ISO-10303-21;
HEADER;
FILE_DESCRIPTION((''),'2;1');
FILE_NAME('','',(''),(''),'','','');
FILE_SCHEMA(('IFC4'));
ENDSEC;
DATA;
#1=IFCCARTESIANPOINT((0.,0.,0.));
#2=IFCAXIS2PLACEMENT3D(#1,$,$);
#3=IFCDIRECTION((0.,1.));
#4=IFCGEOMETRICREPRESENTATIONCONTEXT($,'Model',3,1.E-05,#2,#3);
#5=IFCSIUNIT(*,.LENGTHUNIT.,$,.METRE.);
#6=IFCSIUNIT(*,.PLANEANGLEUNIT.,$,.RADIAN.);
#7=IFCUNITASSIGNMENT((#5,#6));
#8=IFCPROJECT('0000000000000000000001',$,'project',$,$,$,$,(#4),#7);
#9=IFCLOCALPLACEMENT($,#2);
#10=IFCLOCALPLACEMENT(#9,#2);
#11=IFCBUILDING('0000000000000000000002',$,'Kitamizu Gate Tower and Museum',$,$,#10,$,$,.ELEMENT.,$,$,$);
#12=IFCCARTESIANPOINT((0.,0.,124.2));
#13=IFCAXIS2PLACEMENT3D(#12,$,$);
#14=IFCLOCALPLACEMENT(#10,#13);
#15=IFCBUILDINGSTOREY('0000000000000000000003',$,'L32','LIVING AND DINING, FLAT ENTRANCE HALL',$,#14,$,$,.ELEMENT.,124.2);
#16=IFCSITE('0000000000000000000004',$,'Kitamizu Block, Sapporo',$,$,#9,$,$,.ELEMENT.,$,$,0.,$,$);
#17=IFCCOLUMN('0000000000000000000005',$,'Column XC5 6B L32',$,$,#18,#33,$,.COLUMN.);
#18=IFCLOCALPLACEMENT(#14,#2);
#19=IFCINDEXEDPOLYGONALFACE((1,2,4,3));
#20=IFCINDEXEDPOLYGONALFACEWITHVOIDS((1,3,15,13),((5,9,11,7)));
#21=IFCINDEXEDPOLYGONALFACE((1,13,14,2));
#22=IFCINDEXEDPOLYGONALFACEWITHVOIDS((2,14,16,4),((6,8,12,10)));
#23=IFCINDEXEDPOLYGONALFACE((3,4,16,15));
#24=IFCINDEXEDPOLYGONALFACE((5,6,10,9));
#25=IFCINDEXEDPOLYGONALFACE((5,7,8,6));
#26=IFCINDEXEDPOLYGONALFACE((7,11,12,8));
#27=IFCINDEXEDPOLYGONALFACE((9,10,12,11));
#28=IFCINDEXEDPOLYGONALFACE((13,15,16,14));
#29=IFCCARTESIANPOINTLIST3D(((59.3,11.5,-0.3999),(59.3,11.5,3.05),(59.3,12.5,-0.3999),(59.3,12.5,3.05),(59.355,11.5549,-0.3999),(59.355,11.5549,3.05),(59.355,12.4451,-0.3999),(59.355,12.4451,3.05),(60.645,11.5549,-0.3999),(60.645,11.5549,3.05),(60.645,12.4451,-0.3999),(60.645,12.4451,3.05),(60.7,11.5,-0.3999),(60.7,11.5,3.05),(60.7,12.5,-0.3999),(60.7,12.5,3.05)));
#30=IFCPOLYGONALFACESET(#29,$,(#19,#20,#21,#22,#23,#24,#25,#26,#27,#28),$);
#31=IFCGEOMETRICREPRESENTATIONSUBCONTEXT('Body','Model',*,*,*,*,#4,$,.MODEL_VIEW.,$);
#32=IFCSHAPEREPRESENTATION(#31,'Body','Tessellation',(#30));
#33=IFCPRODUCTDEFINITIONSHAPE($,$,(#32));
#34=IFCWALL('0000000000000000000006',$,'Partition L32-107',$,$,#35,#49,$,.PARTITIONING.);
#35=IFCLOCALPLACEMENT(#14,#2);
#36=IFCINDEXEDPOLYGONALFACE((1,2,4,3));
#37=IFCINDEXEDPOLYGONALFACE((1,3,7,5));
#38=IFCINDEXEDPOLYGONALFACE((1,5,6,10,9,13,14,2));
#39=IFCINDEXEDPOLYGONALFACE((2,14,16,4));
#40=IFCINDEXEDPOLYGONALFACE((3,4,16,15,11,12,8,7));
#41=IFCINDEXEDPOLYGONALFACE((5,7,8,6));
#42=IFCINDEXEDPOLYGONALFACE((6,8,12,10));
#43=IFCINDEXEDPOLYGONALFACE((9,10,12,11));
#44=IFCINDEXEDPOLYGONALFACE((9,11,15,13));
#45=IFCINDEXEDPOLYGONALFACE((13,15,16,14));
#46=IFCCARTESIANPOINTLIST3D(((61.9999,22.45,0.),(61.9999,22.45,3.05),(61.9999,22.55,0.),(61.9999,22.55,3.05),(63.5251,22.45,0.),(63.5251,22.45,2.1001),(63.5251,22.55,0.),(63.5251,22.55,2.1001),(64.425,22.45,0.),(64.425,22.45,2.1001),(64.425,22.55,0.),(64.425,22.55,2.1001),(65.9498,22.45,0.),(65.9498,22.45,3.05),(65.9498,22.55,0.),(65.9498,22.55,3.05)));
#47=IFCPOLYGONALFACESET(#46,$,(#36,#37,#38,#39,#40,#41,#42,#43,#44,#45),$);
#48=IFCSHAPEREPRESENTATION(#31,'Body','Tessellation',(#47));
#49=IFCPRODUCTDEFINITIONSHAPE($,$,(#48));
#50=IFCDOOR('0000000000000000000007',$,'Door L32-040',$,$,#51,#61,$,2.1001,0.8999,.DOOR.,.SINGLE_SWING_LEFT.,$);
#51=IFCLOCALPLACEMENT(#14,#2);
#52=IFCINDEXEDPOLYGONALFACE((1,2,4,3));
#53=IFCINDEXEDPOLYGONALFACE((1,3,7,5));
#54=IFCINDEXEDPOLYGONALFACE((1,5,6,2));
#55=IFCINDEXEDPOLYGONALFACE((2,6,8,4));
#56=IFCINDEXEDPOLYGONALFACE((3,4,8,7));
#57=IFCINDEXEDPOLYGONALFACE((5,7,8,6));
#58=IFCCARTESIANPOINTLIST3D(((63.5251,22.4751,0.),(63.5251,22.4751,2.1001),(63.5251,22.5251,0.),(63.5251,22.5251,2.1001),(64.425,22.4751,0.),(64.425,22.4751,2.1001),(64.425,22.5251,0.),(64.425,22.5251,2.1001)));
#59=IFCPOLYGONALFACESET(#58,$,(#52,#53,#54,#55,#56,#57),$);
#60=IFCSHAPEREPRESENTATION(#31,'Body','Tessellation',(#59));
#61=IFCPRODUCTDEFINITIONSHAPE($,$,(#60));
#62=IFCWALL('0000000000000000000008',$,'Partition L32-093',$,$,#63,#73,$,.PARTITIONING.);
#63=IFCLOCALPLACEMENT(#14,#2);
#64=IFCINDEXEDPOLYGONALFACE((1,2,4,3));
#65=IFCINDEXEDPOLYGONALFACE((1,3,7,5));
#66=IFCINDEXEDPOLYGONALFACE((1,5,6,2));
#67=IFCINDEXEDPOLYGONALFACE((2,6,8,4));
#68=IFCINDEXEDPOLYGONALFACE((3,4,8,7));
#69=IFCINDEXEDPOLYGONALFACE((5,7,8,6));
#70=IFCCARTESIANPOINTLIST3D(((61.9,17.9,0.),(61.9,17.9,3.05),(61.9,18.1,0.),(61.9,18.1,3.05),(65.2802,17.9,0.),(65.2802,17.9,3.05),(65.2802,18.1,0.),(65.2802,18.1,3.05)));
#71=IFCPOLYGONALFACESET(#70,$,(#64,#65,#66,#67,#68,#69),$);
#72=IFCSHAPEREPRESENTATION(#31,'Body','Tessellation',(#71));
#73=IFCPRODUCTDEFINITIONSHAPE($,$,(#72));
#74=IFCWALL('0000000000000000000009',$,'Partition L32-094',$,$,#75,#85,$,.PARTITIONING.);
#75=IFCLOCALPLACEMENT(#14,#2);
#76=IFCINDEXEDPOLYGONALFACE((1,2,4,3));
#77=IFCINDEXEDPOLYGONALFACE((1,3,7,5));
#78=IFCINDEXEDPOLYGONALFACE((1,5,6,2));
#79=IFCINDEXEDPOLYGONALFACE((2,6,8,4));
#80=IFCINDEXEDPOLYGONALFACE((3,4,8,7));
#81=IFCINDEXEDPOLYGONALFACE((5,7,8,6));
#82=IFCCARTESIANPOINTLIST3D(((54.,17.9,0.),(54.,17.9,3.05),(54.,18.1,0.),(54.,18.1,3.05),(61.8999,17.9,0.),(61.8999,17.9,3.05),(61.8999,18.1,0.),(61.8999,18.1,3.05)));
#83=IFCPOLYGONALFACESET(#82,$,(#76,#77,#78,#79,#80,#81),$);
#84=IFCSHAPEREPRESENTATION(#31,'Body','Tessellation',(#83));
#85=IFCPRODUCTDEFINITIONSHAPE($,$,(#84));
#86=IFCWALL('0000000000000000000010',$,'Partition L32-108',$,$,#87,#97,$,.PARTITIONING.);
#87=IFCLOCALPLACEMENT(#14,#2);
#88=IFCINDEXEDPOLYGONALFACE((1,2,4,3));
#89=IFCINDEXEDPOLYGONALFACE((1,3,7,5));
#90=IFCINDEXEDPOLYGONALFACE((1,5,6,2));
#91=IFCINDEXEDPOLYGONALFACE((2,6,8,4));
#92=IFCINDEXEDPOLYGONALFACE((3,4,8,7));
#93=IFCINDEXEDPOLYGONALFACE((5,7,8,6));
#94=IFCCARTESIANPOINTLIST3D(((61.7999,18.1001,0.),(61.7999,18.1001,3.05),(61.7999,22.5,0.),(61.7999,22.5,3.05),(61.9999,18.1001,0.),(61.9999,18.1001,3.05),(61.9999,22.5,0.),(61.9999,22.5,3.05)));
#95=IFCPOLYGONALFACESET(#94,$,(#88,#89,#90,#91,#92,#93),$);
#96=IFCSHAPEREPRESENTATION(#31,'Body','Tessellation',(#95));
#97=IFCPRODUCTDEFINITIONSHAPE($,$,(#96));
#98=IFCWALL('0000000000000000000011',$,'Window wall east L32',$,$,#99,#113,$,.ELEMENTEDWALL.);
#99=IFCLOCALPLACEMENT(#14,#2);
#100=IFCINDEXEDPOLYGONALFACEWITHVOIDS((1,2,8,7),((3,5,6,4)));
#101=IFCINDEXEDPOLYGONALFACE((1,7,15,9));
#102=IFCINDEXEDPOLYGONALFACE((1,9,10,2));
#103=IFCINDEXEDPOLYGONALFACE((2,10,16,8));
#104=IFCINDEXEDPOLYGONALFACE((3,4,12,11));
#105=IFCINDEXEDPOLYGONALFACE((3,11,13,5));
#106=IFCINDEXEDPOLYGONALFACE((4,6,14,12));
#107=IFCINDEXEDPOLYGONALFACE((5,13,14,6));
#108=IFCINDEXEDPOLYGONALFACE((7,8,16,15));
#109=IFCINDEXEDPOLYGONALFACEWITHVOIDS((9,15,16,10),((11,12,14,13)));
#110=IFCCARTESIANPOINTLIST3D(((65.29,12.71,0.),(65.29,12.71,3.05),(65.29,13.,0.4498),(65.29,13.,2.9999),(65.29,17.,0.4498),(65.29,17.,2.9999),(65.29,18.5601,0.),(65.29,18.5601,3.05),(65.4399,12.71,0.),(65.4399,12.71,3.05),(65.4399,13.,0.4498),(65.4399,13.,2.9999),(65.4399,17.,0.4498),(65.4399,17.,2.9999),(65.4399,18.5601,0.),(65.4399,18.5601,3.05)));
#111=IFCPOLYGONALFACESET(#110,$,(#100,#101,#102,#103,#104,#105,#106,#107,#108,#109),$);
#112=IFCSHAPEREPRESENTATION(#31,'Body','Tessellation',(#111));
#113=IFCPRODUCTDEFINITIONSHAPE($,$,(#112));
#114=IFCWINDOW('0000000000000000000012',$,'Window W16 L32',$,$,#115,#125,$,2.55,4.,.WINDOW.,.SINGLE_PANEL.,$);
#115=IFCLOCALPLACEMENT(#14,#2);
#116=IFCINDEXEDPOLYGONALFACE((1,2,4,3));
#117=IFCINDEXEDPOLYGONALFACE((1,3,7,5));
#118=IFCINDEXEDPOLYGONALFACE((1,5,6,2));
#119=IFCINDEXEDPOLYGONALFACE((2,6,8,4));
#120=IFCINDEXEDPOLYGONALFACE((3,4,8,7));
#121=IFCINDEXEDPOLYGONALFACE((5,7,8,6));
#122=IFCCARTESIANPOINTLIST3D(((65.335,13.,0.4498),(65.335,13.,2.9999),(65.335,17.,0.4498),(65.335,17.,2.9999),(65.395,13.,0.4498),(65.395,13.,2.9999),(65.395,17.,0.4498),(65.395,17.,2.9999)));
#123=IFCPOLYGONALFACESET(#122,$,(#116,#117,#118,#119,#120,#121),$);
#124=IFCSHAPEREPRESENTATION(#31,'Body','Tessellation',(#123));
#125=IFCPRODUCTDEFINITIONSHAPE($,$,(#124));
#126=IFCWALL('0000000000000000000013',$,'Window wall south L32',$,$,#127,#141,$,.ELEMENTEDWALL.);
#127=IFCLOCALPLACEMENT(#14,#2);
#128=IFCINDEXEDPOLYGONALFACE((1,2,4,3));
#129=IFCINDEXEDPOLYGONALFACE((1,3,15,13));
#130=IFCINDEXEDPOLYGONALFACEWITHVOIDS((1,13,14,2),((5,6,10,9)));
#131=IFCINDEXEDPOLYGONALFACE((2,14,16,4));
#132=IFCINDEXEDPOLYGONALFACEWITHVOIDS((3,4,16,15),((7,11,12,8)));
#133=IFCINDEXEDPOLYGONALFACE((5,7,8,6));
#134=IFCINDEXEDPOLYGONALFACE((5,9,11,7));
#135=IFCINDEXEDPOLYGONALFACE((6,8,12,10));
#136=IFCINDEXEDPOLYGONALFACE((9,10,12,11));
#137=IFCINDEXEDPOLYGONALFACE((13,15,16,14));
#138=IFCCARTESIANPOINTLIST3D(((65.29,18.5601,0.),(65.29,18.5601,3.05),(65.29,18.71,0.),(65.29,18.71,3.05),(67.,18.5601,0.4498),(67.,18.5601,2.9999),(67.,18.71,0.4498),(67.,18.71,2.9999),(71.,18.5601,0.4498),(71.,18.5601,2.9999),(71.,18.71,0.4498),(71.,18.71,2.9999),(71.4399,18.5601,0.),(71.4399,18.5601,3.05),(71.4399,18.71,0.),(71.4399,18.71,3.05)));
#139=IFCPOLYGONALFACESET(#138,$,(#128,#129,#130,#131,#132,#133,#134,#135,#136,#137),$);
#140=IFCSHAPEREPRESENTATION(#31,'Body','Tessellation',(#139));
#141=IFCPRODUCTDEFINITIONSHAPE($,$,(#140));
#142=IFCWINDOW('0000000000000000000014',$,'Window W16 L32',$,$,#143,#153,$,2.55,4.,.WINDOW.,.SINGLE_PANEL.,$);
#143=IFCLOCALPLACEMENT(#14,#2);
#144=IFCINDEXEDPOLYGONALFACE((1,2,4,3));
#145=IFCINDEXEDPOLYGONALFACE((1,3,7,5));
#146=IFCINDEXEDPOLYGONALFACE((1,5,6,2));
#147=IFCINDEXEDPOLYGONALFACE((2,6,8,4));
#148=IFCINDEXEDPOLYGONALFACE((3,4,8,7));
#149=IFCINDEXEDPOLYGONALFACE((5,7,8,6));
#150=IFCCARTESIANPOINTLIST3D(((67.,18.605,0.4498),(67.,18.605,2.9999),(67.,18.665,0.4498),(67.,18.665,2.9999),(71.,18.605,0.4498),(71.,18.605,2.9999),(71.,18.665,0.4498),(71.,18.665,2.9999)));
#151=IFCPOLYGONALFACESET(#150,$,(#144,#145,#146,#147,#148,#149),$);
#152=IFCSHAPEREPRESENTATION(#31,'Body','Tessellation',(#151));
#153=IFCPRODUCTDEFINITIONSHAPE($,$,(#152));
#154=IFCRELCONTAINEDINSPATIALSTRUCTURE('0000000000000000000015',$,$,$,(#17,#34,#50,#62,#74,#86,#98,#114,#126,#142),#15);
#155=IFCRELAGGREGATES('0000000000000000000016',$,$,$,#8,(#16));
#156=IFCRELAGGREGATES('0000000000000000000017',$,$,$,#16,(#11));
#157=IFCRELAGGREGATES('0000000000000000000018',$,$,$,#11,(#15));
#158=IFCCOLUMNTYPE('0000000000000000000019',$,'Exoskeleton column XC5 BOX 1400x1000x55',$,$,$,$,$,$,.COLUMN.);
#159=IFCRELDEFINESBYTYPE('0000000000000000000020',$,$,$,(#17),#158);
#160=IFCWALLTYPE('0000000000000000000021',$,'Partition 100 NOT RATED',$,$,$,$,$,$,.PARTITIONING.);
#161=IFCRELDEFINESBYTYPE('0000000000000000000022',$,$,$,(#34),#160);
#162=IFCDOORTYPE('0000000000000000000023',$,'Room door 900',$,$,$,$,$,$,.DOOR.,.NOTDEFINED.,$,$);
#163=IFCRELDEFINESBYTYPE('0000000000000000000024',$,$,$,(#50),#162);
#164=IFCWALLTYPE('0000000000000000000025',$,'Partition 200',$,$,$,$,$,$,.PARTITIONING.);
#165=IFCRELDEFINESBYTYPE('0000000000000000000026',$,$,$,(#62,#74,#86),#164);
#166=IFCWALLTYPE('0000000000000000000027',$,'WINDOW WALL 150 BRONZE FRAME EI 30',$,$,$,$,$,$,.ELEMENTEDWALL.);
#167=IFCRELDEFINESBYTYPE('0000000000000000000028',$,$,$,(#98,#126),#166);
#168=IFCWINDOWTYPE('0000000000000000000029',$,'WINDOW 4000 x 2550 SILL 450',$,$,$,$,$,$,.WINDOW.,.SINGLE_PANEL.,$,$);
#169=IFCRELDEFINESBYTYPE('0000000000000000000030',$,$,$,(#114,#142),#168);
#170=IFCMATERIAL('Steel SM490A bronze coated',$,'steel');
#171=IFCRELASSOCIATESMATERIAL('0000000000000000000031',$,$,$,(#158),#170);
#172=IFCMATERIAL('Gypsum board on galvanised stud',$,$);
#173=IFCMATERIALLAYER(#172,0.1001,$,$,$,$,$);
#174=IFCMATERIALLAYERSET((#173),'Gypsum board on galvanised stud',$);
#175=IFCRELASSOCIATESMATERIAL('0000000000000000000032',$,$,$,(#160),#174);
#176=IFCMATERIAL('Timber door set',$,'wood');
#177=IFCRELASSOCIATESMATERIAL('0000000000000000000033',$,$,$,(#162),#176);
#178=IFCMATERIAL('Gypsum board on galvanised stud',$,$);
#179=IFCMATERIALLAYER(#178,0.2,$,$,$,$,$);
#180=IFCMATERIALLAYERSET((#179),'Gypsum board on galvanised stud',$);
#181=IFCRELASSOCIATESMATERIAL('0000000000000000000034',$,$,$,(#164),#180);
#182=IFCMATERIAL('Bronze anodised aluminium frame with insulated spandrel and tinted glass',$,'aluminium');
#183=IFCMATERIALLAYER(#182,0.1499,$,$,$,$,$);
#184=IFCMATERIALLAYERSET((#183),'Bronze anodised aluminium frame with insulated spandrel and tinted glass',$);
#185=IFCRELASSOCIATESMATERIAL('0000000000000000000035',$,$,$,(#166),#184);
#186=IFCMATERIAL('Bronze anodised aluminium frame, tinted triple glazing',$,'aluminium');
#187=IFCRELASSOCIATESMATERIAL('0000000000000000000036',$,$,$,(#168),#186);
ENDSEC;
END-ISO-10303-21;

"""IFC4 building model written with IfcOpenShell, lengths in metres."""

from ifc_helpers import new_model, si_unit, direction, frame, frame_2d, origin, origin_2d, place, context, subcontext, project, spatial, rectangle, hollow_rectangle, extrude, material, layer, layer_set, material_profile, profile_set, type_object, element, fill, save


model = new_model("IFC4")

# Units and contexts
model_context = context("Model", 3, precision=1e-05, world=origin(), true_north=direction((0.0, 1.0)))
body_context = subcontext(model_context, "Body", "Model", "MODEL_VIEW")
ifc_project = project(units=[si_unit("LENGTHUNIT", "METRE"), si_unit("PLANEANGLEUNIT", "RADIAN")], contexts=[model_context])

# Site, building, storey
site_placement = place(None, origin())
site = spatial("IfcSite", under=ifc_project, at=site_placement, Name="Kitamizu Block, Sapporo", CompositionType="ELEMENT", RefElevation=0.0)
building_placement = place(site_placement, origin())
building = spatial("IfcBuilding", under=site, at=building_placement, Name="Kitamizu Gate Tower and Museum", CompositionType="ELEMENT")
storey_placement = place(building_placement, frame((0.0, 0.0, 124.2)))
storey = spatial("IfcBuildingStorey", under=building, at=storey_placement, Name="L32", Description="LIVING AND DINING, FLAT ENTRANCE HALL", CompositionType="ELEMENT", Elevation=124.2)

# Column
ifc_material_1 = material(Name="Steel SM490A bronze coated", Category="steel")
ifc_material_profile = material_profile(ifc_material_1, hollow_rectangle(XDim=1.3999, YDim=1.0, WallThickness=0.0549, at=origin_2d()), Name="BOX 1400x1000x55")
ifc_profile_set = profile_set([ifc_material_profile], Name="Steel SM490A bronze coated")
column_type = type_object("IfcColumnType", Name="Exoskeleton column XC5 BOX 1400x1000x55", PredefinedType="COLUMN", material=ifc_profile_set)
column_placement = place(storey_placement, frame((60.0, 12.0, -0.3999), z_axis=(0.0, 0.0, 1.0), x_axis=(1.0, 0.0, 0.0)))
element("IfcColumn", 1, at=column_placement, inside=storey, type_object=column_type, Name="Column XC5 6B L32", PredefinedType="COLUMN", context=body_context, shape_type="SweptSolid", body=[
    extrude(hollow_rectangle(XDim=1.3999, YDim=1.0, WallThickness=0.0549, at=origin_2d()), origin(), (0.0, 0.0, 1.0), 3.45),
])

# Wall, opening, door
ifc_material_2 = material(Name="Gypsum board on galvanised stud")
ifc_layer_1 = layer(ifc_material_2, 0.1001)
ifc_layer_set_1 = layer_set([ifc_layer_1], Name="Gypsum board on galvanised stud")
wall_type_1 = type_object("IfcWallType", Name="Partition 100 NOT RATED", PredefinedType="PARTITIONING", material=ifc_layer_set_1)
wall_1_placement = place(storey_placement, frame((65.95, 22.5, 0.0), z_axis=(0.0, 0.0, 1.0), x_axis=(-1.0, 0.0, 0.0)))
wall_1 = element("IfcWall", 2, at=wall_1_placement, inside=storey, type_object=wall_type_1, Name="Partition L32-107", PredefinedType="PARTITIONING", context=body_context, shape_type="SweptSolid", body=[
    extrude(rectangle(XDim=3.95, YDim=0.1001, at=frame_2d((1.9751, 0.0))), origin(), (0.0, 0.0, 1.0), 3.05),
])
opening_1_placement = place(wall_1_placement, frame((1.5249, 0.0, 0.0)))
opening_1 = element("IfcOpeningElement", 3, at=opening_1_placement, cuts=wall_1, PredefinedType="OPENING", context=body_context, shape_type="SweptSolid", body=[
    extrude(rectangle(XDim=0.8999, YDim=2.1001, at=frame_2d((0.45, 1.05))), frame((0.0, 0.0601, 0.0), z_axis=(0.0, -1.0, 0.0), x_axis=(1.0, 0.0, 0.0)), (0.0, 0.0, 1.0), 0.1201),
])
ifc_material_3 = material(Name="Timber door set", Category="wood")
door_type = type_object("IfcDoorType", Name="Room door 900", OperationType="NOTDEFINED", PredefinedType="DOOR", material=ifc_material_3)
door_placement = place(opening_1_placement, origin())
door = element("IfcDoor", 4, at=door_placement, inside=storey, type_object=door_type, Name="Door L32-040", OperationType="SINGLE_SWING_LEFT", OverallHeight=2.1001, OverallWidth=0.8999, PredefinedType="DOOR", context=body_context, shape_type="SweptSolid", body=[
    extrude(rectangle(XDim=0.8999, YDim=2.1001, at=frame_2d((0.45, 1.05))), frame((0.0, 0.0249, 0.0), z_axis=(0.0, -1.0, 0.0), x_axis=(1.0, 0.0, 0.0)), (0.0, 0.0, 1.0), 0.05),
])
fill(opening_1, door)

# Walls
ifc_material_4 = material(Name="Gypsum board on galvanised stud")
ifc_layer_2 = layer(ifc_material_4, 0.2)
ifc_layer_set_2 = layer_set([ifc_layer_2], Name="Gypsum board on galvanised stud")
wall_type_2 = type_object("IfcWallType", Name="Partition 200", PredefinedType="PARTITIONING", material=ifc_layer_set_2)
wall_2_placement = place(storey_placement, frame((65.28, 18.0, 0.0), z_axis=(0.0, 0.0, 1.0), x_axis=(-1.0, 0.0, 0.0)))
element("IfcWall", 5, at=wall_2_placement, inside=storey, type_object=wall_type_2, Name="Partition L32-093", PredefinedType="PARTITIONING", context=body_context, shape_type="SweptSolid", body=[
    extrude(rectangle(XDim=3.3801, YDim=0.2, at=frame_2d((1.6899, 0.0))), origin(), (0.0, 0.0, 1.0), 3.05),
])
wall_3_placement = place(storey_placement, frame((61.8999, 18.0, 0.0), z_axis=(0.0, 0.0, 1.0), x_axis=(-1.0, 0.0, 0.0)))
element("IfcWall", 6, at=wall_3_placement, inside=storey, type_object=wall_type_2, Name="Partition L32-094", PredefinedType="PARTITIONING", context=body_context, shape_type="SweptSolid", body=[
    extrude(rectangle(XDim=7.8999, YDim=0.2, at=frame_2d((3.95, 0.0))), origin(), (0.0, 0.0, 1.0), 3.05),
])
wall_4_placement = place(storey_placement, frame((61.8999, 22.5, 0.0), z_axis=(0.0, 0.0, 1.0), x_axis=(0.0, -1.0, 0.0)))
element("IfcWall", 7, at=wall_4_placement, inside=storey, type_object=wall_type_2, Name="Partition L32-108", PredefinedType="PARTITIONING", context=body_context, shape_type="SweptSolid", body=[
    extrude(rectangle(XDim=4.3999, YDim=0.2, at=frame_2d((2.2, 0.0))), origin(), (0.0, 0.0, 1.0), 3.05),
])

# Walls, openings, windows
ifc_material_5 = material(Name="Bronze anodised aluminium frame with insulated spandrel and tinted glass", Category="aluminium")
ifc_layer_3 = layer(ifc_material_5, 0.1499)
ifc_layer_set_3 = layer_set([ifc_layer_3], Name="Bronze anodised aluminium frame with insulated spandrel and tinted glass")
wall_type_3 = type_object("IfcWallType", Name="WINDOW WALL 150 BRONZE FRAME EI 30", PredefinedType="ELEMENTEDWALL", material=ifc_layer_set_3)
wall_5_placement = place(storey_placement, frame((65.365, 12.71, 0.0), z_axis=(0.0, 0.0, 1.0), x_axis=(0.0, 1.0, 0.0)))
wall_5 = element("IfcWall", 8, at=wall_5_placement, inside=storey, type_object=wall_type_3, Name="Window wall east L32", PredefinedType="ELEMENTEDWALL", context=body_context, shape_type="SweptSolid", body=[
    extrude(rectangle(XDim=5.8501, YDim=0.1499, at=frame_2d((2.925, 0.0))), origin(), (0.0, 0.0, 1.0), 3.05),
])
opening_2_placement = place(wall_5_placement, frame((0.29, 0.0, 0.45)))
opening_2 = element("IfcOpeningElement", 9, at=opening_2_placement, cuts=wall_5, PredefinedType="OPENING", context=body_context, shape_type="SweptSolid", body=[
    extrude(rectangle(XDim=4.0, YDim=2.55, at=frame_2d((2.0, 1.2749))), frame((0.0, 0.085, 0.0), z_axis=(0.0, -1.0, 0.0), x_axis=(1.0, 0.0, 0.0)), (0.0, 0.0, 1.0), 0.1699),
])
ifc_material_6 = material(Name="Bronze anodised aluminium frame, tinted triple glazing", Category="aluminium")
window_type_1 = type_object("IfcWindowType", Name="WINDOW 4000 x 2550 SILL 450", PartitioningType="SINGLE_PANEL", PredefinedType="WINDOW", material=ifc_material_6)
window_1_placement = place(opening_2_placement, origin())
window_1 = element("IfcWindow", 10, at=window_1_placement, inside=storey, type_object=window_type_1, Name="Window W16 L32", OverallHeight=2.55, OverallWidth=4.0, PartitioningType="SINGLE_PANEL", PredefinedType="WINDOW", context=body_context, shape_type="SweptSolid", body=[
    extrude(rectangle(XDim=4.0, YDim=2.55, at=frame_2d((2.0, 1.2749))), frame((0.0, 0.03, 0.0), z_axis=(0.0, -1.0, 0.0), x_axis=(1.0, 0.0, 0.0)), (0.0, 0.0, 1.0), 0.0601),
])
fill(opening_2, window_1)
wall_6_placement = place(storey_placement, frame((65.29, 18.635, 0.0), z_axis=(0.0, 0.0, 1.0), x_axis=(1.0, 0.0, 0.0)))
wall_6 = element("IfcWall", 11, at=wall_6_placement, inside=storey, type_object=wall_type_3, Name="Window wall south L32", PredefinedType="ELEMENTEDWALL", context=body_context, shape_type="SweptSolid", body=[
    extrude(rectangle(XDim=6.1499, YDim=0.1499, at=frame_2d((3.075, 0.0))), origin(), (0.0, 0.0, 1.0), 3.05),
])
opening_3_placement = place(wall_6_placement, frame((1.71, 0.0, 0.45)))
opening_3 = element("IfcOpeningElement", 12, at=opening_3_placement, cuts=wall_6, PredefinedType="OPENING", context=body_context, shape_type="SweptSolid", body=[
    extrude(rectangle(XDim=4.0, YDim=2.55, at=frame_2d((2.0, 1.2749))), frame((0.0, 0.085, 0.0), z_axis=(0.0, -1.0, 0.0), x_axis=(1.0, 0.0, 0.0)), (0.0, 0.0, 1.0), 0.1699),
])
window_2_placement = place(opening_3_placement, origin())
window_2 = element("IfcWindow", 13, at=window_2_placement, inside=storey, type_object=window_type_1, Name="Window W16 L32", OverallHeight=2.55, OverallWidth=4.0, PartitioningType="SINGLE_PANEL", PredefinedType="WINDOW", context=body_context, shape_type="SweptSolid", body=[
    extrude(rectangle(XDim=4.0, YDim=2.55, at=frame_2d((2.0, 1.2749))), frame((0.0, 0.03, 0.0), z_axis=(0.0, -1.0, 0.0), x_axis=(1.0, 0.0, 0.0)), (0.0, 0.0, 1.0), 0.0601),
])
fill(opening_3, window_2)

save(model, "model.ifc")
